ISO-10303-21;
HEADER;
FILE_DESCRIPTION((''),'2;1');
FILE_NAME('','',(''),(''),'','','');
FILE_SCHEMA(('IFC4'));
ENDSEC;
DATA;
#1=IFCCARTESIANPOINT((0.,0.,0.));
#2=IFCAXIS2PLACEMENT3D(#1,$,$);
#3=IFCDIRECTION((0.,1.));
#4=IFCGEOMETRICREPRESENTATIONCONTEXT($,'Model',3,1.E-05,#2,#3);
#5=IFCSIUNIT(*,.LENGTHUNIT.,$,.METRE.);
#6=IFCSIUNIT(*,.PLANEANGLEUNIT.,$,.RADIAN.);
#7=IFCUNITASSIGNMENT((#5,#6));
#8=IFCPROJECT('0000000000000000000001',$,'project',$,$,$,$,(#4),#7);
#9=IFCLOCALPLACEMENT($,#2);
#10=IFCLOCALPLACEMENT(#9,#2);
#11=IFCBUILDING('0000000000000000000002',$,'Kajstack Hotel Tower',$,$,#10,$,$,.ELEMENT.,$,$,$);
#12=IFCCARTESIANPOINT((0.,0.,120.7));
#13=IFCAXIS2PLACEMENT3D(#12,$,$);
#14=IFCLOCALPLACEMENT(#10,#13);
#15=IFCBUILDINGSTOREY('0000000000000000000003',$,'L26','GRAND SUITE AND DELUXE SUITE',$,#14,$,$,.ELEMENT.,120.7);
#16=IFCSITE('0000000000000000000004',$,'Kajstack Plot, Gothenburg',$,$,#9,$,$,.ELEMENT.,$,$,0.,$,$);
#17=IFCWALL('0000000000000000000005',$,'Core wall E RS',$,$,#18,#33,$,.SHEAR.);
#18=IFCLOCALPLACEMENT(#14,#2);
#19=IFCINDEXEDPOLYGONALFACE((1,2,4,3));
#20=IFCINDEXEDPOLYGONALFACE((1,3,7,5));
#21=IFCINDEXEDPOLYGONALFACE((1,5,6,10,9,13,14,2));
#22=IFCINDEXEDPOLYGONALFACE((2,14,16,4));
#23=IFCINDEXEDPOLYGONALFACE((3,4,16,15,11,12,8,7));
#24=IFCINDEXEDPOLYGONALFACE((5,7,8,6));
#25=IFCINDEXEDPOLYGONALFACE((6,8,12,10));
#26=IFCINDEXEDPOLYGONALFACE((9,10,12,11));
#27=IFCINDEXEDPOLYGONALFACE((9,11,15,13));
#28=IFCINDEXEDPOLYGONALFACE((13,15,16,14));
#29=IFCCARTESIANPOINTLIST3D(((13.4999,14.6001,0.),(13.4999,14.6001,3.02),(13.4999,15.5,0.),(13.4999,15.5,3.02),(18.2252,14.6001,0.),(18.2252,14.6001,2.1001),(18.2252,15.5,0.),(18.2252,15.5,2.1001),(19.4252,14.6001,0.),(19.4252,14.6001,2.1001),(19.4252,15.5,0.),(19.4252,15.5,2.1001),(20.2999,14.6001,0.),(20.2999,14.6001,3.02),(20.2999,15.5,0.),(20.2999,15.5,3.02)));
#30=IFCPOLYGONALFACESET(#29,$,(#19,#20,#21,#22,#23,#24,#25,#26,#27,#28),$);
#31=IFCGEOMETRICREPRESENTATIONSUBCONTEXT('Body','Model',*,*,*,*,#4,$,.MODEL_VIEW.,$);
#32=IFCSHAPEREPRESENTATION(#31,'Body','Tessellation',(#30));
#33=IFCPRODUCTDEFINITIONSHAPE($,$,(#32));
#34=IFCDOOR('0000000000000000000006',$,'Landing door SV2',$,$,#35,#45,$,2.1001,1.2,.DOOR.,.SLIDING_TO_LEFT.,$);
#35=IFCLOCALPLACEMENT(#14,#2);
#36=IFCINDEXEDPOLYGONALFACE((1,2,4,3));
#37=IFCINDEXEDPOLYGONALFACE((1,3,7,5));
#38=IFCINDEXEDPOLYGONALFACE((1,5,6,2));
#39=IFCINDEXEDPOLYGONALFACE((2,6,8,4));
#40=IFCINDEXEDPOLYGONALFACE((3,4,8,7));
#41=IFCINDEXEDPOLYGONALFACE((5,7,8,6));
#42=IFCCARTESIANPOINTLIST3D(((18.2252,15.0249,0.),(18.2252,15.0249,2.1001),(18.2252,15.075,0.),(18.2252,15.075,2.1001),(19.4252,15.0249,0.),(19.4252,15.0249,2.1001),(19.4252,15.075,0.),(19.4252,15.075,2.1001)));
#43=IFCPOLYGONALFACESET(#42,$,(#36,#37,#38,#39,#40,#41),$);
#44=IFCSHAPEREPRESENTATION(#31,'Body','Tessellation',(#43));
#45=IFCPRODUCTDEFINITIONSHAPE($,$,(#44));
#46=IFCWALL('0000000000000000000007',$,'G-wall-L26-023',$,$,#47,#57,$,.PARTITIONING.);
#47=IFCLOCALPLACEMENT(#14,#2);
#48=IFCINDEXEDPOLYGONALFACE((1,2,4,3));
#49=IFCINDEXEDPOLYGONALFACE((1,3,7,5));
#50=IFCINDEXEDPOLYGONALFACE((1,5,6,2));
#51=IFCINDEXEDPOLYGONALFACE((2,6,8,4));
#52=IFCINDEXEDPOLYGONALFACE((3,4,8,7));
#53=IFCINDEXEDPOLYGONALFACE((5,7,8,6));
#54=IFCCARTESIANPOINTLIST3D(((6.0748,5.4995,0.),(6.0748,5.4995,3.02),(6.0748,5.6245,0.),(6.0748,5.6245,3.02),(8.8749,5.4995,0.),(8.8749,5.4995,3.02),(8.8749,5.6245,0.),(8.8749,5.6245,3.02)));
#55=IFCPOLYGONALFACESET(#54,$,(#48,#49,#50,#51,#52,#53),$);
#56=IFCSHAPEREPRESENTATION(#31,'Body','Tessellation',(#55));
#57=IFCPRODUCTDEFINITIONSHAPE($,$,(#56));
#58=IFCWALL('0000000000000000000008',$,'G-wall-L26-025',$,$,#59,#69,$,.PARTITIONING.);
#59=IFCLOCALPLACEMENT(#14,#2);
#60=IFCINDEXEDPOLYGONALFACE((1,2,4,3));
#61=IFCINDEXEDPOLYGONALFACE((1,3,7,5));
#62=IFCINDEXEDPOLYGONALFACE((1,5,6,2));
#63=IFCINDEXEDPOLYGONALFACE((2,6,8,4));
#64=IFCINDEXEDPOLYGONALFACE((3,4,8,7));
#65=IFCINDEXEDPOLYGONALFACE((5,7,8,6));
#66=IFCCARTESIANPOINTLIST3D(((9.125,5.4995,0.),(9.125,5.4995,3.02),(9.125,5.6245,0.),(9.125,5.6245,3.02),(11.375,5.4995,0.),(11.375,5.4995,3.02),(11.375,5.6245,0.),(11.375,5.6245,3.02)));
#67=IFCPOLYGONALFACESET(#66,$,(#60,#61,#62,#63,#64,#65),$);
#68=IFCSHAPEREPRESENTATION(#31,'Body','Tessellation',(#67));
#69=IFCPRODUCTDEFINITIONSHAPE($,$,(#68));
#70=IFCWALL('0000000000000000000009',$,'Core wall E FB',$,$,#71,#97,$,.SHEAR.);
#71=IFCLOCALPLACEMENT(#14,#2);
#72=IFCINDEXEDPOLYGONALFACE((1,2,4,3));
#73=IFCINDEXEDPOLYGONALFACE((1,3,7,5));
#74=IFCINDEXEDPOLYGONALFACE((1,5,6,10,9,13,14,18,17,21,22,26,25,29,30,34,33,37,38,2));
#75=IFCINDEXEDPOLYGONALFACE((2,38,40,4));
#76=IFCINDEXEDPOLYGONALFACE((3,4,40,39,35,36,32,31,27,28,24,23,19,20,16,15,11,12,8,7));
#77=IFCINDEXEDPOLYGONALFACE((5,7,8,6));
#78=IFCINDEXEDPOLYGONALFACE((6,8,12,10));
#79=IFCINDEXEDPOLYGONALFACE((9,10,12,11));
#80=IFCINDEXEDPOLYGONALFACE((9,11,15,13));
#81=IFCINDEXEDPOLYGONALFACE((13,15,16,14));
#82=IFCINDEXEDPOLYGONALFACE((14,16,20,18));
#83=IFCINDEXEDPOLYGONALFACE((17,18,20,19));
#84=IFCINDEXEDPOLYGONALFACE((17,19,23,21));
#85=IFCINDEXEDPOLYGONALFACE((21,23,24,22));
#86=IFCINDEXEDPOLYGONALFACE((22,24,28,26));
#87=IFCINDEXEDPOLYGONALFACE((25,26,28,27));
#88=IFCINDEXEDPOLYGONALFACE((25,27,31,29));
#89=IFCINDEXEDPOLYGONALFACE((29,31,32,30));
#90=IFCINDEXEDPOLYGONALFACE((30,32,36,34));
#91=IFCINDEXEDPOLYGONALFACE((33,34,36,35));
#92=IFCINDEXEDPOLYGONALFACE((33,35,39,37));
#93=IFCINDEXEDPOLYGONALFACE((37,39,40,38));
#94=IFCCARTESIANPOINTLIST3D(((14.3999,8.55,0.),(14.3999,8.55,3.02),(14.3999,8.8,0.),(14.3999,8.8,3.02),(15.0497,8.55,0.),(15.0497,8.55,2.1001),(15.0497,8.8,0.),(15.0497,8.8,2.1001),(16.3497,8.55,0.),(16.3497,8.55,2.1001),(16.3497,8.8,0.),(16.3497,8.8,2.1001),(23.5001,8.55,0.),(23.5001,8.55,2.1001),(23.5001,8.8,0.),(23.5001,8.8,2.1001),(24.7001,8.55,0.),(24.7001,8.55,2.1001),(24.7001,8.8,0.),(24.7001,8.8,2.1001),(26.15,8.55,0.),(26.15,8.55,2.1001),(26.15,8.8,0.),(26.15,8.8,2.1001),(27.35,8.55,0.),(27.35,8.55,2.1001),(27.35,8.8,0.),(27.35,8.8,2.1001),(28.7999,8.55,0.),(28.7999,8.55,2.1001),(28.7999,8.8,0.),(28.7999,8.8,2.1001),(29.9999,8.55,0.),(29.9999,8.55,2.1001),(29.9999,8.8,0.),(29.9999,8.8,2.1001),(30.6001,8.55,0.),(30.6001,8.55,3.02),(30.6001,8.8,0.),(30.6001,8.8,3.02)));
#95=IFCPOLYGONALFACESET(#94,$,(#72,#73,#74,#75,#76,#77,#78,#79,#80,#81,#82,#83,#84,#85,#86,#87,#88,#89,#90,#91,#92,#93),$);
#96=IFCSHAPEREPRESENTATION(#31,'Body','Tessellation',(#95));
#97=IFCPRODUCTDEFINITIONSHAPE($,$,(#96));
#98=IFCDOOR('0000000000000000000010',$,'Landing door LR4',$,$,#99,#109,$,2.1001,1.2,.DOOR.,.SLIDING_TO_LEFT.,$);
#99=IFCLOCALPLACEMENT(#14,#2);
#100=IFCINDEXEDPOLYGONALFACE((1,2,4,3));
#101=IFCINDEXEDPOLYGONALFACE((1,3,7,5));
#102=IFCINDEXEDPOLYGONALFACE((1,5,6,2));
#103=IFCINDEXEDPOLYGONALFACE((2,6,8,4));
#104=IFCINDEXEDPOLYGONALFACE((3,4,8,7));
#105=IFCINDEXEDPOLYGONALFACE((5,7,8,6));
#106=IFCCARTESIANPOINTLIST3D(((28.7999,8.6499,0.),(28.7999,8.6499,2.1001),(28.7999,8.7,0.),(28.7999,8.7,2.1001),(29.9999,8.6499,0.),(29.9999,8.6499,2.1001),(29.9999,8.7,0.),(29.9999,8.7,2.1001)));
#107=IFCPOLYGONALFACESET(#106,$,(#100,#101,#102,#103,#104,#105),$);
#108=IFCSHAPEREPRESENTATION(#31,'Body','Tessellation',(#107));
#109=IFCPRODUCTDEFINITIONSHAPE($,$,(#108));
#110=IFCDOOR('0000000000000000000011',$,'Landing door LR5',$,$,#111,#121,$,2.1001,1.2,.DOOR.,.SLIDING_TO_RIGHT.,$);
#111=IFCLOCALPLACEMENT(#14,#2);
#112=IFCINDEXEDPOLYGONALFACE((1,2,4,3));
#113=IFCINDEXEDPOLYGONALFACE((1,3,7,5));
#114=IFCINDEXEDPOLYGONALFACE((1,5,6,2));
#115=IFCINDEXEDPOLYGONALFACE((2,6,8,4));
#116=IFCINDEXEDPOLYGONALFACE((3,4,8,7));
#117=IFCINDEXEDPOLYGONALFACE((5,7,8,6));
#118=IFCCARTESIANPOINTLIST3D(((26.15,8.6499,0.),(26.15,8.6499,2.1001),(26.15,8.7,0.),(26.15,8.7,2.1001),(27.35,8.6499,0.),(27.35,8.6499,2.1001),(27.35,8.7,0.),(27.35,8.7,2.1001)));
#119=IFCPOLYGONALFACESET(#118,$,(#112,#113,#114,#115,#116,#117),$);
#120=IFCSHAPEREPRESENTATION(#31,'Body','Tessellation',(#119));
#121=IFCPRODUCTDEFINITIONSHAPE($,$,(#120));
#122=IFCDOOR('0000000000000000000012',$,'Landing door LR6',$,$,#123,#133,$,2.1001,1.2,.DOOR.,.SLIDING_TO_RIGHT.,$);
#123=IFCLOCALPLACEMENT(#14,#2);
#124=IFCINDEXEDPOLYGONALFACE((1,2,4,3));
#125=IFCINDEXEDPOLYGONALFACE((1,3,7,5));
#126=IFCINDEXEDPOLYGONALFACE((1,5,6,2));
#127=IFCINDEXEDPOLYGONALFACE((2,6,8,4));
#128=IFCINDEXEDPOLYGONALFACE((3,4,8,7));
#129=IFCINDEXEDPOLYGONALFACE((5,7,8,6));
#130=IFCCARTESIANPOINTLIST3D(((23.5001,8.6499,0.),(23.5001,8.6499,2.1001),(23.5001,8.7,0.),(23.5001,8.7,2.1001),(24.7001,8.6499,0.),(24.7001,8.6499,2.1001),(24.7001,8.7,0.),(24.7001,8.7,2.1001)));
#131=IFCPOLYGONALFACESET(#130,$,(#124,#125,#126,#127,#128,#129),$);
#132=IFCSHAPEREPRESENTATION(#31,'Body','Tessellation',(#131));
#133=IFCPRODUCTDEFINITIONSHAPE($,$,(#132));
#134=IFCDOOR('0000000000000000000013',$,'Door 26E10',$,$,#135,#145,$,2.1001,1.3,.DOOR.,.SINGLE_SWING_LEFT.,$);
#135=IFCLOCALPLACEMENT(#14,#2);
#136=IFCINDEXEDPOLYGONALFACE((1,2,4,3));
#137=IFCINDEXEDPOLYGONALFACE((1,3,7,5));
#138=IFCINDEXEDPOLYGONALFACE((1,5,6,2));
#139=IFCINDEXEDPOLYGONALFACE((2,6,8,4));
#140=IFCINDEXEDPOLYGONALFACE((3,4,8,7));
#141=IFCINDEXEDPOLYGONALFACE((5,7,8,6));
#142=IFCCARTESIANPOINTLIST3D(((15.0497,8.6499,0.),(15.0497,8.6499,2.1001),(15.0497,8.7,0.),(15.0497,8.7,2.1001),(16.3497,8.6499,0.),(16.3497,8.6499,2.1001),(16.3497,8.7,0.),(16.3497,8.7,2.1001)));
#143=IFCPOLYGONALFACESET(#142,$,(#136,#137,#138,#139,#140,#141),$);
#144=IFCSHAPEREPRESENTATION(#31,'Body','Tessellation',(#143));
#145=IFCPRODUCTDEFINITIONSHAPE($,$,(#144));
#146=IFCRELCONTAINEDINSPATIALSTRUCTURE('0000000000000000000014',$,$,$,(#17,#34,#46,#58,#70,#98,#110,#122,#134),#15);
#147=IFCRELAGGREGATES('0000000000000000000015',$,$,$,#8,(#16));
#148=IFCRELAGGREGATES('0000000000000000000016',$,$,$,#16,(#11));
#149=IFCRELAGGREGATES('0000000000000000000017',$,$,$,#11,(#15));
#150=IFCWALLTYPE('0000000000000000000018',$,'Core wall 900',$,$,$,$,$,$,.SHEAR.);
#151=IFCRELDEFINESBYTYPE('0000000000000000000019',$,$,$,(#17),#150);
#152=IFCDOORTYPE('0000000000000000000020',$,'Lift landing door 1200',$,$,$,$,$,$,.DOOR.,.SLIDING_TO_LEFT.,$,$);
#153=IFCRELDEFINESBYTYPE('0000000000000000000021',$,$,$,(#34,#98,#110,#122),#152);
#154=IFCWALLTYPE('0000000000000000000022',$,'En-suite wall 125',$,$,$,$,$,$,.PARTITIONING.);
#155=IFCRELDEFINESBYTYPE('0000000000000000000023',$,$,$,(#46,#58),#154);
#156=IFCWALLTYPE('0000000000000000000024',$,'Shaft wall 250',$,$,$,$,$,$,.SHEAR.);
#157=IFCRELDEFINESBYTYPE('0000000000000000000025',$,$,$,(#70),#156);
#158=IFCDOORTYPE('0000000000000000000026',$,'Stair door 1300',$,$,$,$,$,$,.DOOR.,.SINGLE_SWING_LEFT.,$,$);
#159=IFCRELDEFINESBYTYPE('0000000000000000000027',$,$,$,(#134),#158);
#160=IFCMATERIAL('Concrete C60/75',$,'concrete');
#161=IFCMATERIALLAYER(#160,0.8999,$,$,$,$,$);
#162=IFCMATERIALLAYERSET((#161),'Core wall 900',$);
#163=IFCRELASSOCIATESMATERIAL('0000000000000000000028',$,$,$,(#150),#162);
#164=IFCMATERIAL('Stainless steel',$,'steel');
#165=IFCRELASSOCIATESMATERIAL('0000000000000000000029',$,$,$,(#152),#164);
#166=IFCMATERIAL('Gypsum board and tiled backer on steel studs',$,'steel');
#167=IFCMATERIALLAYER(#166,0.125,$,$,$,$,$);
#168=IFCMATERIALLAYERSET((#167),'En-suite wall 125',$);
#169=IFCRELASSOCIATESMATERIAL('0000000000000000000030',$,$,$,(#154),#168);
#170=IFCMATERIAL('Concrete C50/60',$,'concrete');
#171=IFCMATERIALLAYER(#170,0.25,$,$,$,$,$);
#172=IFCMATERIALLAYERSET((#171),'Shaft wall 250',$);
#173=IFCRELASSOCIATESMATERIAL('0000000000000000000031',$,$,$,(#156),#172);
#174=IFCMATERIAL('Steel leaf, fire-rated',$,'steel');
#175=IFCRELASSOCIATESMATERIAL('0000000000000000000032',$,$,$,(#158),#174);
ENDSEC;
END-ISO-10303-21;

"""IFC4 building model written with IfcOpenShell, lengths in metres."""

from ifc_helpers import new_model, si_unit, direction, frame, frame_2d, origin, place, context, subcontext, project, spatial, rectangle, extrude, material, layer, layer_set, type_object, element, fill, save


model = new_model("IFC4")

# Units and contexts
model_context = context("Model", 3, precision=1e-05, world=origin(), true_north=direction((0.0, 1.0)))
body_context = subcontext(model_context, "Body", "Model", "MODEL_VIEW")
ifc_project = project(units=[si_unit("LENGTHUNIT", "METRE"), si_unit("PLANEANGLEUNIT", "RADIAN")], contexts=[model_context])

# Site, building, storey
site_placement = place(None, origin())
site = spatial("IfcSite", under=ifc_project, at=site_placement, Name="Kajstack Plot, Gothenburg", CompositionType="ELEMENT", RefElevation=0.0)
building_placement = place(site_placement, origin())
building = spatial("IfcBuilding", under=site, at=building_placement, Name="Kajstack Hotel Tower", CompositionType="ELEMENT")
storey_placement = place(building_placement, frame((0.0, 0.0, 120.7)))
storey = spatial("IfcBuildingStorey", under=building, at=storey_placement, Name="L26", Description="GRAND SUITE AND DELUXE SUITE", CompositionType="ELEMENT", Elevation=120.7)

# Wall, opening, door
ifc_material_1 = material(Name="Concrete C60/75", Category="concrete")
ifc_layer_1 = layer(ifc_material_1, 0.8999)
ifc_layer_set_1 = layer_set([ifc_layer_1], Name="Core wall 900")
wall_type_1 = type_object("IfcWallType", Name="Core wall 900", PredefinedType="SHEAR", material=ifc_layer_set_1)
wall_1_placement = place(storey_placement, frame((13.5, 15.05, 0.0), z_axis=(0.0, 0.0, 1.0), x_axis=(1.0, 0.0, 0.0)))
wall_1 = element("IfcWall", 1, at=wall_1_placement, inside=storey, type_object=wall_type_1, Name="Core wall E RS", PredefinedType="SHEAR", context=body_context, shape_type="SweptSolid", body=[
    extrude(rectangle(XDim=6.8, YDim=0.8999, at=frame_2d((3.3999, 0.0))), origin(), (0.0, 0.0, 1.0), 3.02),
])
opening_1_placement = place(wall_1_placement, frame((4.7251, 0.0, 0.0)))
opening_1 = element("IfcOpeningElement", 2, at=opening_1_placement, cuts=wall_1, PredefinedType="OPENING", context=body_context, shape_type="SweptSolid", body=[
    extrude(rectangle(XDim=1.2, YDim=2.1001, at=frame_2d((0.6001, 1.05))), frame((0.0, 0.46, 0.0), z_axis=(0.0, -1.0, 0.0), x_axis=(1.0, 0.0, 0.0)), (0.0, 0.0, 1.0), 0.9199),
])
ifc_material_2 = material(Name="Stainless steel", Category="steel")
door_type_1 = type_object("IfcDoorType", Name="Lift landing door 1200", OperationType="SLIDING_TO_LEFT", PredefinedType="DOOR", material=ifc_material_2)
door_1_placement = place(opening_1_placement, origin())
door_1 = element("IfcDoor", 3, at=door_1_placement, inside=storey, type_object=door_type_1, Name="Landing door SV2", OperationType="SLIDING_TO_LEFT", OverallHeight=2.1001, OverallWidth=1.2, PredefinedType="DOOR", context=body_context, shape_type="SweptSolid", body=[
    extrude(rectangle(XDim=1.2, YDim=2.1001, at=frame_2d((0.6001, 1.05))), frame((0.0, 0.0249, 0.0), z_axis=(0.0, -1.0, 0.0), x_axis=(1.0, 0.0, 0.0)), (0.0, 0.0, 1.0), 0.05),
])
fill(opening_1, door_1)

# Walls
ifc_material_3 = material(Name="Gypsum board and tiled backer on steel studs", Category="steel")
ifc_layer_2 = layer(ifc_material_3, 0.125)
ifc_layer_set_2 = layer_set([ifc_layer_2], Name="En-suite wall 125")
wall_type_2 = type_object("IfcWallType", Name="En-suite wall 125", PredefinedType="PARTITIONING", material=ifc_layer_set_2)
wall_2_placement = place(storey_placement, frame((6.075, 5.562, 0.0), z_axis=(0.0, 0.0, 1.0), x_axis=(1.0, 0.0, 0.0)))
element("IfcWall", 4, at=wall_2_placement, inside=storey, type_object=wall_type_2, Name="G-wall-L26-023", PredefinedType="PARTITIONING", context=body_context, shape_type="SweptSolid", body=[
    extrude(rectangle(XDim=2.8, YDim=0.125, at=frame_2d((1.3999, 0.0))), origin(), (0.0, 0.0, 1.0), 3.02),
])
wall_3_placement = place(storey_placement, frame((9.125, 5.562, 0.0), z_axis=(0.0, 0.0, 1.0), x_axis=(1.0, 0.0, 0.0)))
element("IfcWall", 5, at=wall_3_placement, inside=storey, type_object=wall_type_2, Name="G-wall-L26-025", PredefinedType="PARTITIONING", context=body_context, shape_type="SweptSolid", body=[
    extrude(rectangle(XDim=2.25, YDim=0.125, at=frame_2d((1.125, 0.0))), origin(), (0.0, 0.0, 1.0), 3.02),
])

# Wall, openings, doors
ifc_material_4 = material(Name="Concrete C50/60", Category="concrete")
ifc_layer_3 = layer(ifc_material_4, 0.25)
ifc_layer_set_3 = layer_set([ifc_layer_3], Name="Shaft wall 250")
wall_type_3 = type_object("IfcWallType", Name="Shaft wall 250", PredefinedType="SHEAR", material=ifc_layer_set_3)
wall_4_placement = place(storey_placement, frame((14.3999, 8.675, 0.0), z_axis=(0.0, 0.0, 1.0), x_axis=(1.0, 0.0, 0.0)))
wall_4 = element("IfcWall", 6, at=wall_4_placement, inside=storey, type_object=wall_type_3, Name="Core wall E FB", PredefinedType="SHEAR", context=body_context, shape_type="SweptSolid", body=[
    extrude(rectangle(XDim=16.2002, YDim=0.25, at=frame_2d((8.1001, 0.0))), origin(), (0.0, 0.0, 1.0), 3.02),
])
opening_2_placement = place(wall_4_placement, frame((14.3999, 0.0, 0.0)))
opening_2 = element("IfcOpeningElement", 7, at=opening_2_placement, cuts=wall_4, PredefinedType="OPENING", context=body_context, shape_type="SweptSolid", body=[
    extrude(rectangle(XDim=1.2, YDim=2.1001, at=frame_2d((0.6001, 1.05))), frame((0.0, 0.135, 0.0), z_axis=(0.0, -1.0, 0.0), x_axis=(1.0, 0.0, 0.0)), (0.0, 0.0, 1.0), 0.27),
])
opening_3_placement = place(wall_4_placement, frame((11.75, 0.0, 0.0)))
opening_3 = element("IfcOpeningElement", 8, at=opening_3_placement, cuts=wall_4, PredefinedType="OPENING", context=body_context, shape_type="SweptSolid", body=[
    extrude(rectangle(XDim=1.2, YDim=2.1001, at=frame_2d((0.6001, 1.05))), frame((0.0, 0.135, 0.0), z_axis=(0.0, -1.0, 0.0), x_axis=(1.0, 0.0, 0.0)), (0.0, 0.0, 1.0), 0.27),
])
opening_4_placement = place(wall_4_placement, frame((9.1001, 0.0, 0.0)))
opening_4 = element("IfcOpeningElement", 9, at=opening_4_placement, cuts=wall_4, PredefinedType="OPENING", context=body_context, shape_type="SweptSolid", body=[
    extrude(rectangle(XDim=1.2, YDim=2.1001, at=frame_2d((0.6001, 1.05))), frame((0.0, 0.135, 0.0), z_axis=(0.0, -1.0, 0.0), x_axis=(1.0, 0.0, 0.0)), (0.0, 0.0, 1.0), 0.27),
])
opening_5_placement = place(wall_4_placement, frame((0.6499, 0.0, 0.0)))
opening_5 = element("IfcOpeningElement", 10, at=opening_5_placement, cuts=wall_4, PredefinedType="OPENING", context=body_context, shape_type="SweptSolid", body=[
    extrude(rectangle(XDim=1.3, YDim=2.1001, at=frame_2d((0.6499, 1.05))), frame((0.0, 0.135, 0.0), z_axis=(0.0, -1.0, 0.0), x_axis=(1.0, 0.0, 0.0)), (0.0, 0.0, 1.0), 0.27),
])
door_2_placement = place(opening_2_placement, origin())
door_2 = element("IfcDoor", 11, at=door_2_placement, inside=storey, type_object=door_type_1, Name="Landing door LR4", OperationType="SLIDING_TO_LEFT", OverallHeight=2.1001, OverallWidth=1.2, PredefinedType="DOOR", context=body_context, shape_type="SweptSolid", body=[
    extrude(rectangle(XDim=1.2, YDim=2.1001, at=frame_2d((0.6001, 1.05))), frame((0.0, 0.0249, 0.0), z_axis=(0.0, -1.0, 0.0), x_axis=(1.0, 0.0, 0.0)), (0.0, 0.0, 1.0), 0.05),
])
fill(opening_2, door_2)
door_3_placement = place(opening_3_placement, origin())
door_3 = element("IfcDoor", 12, at=door_3_placement, inside=storey, type_object=door_type_1, Name="Landing door LR5", OperationType="SLIDING_TO_RIGHT", OverallHeight=2.1001, OverallWidth=1.2, PredefinedType="DOOR", context=body_context, shape_type="SweptSolid", body=[
    extrude(rectangle(XDim=1.2, YDim=2.1001, at=frame_2d((0.6001, 1.05))), frame((0.0, 0.0249, 0.0), z_axis=(0.0, -1.0, 0.0), x_axis=(1.0, 0.0, 0.0)), (0.0, 0.0, 1.0), 0.05),
])
fill(opening_3, door_3)
door_4_placement = place(opening_4_placement, origin())
door_4 = element("IfcDoor", 13, at=door_4_placement, inside=storey, type_object=door_type_1, Name="Landing door LR6", OperationType="SLIDING_TO_RIGHT", OverallHeight=2.1001, OverallWidth=1.2, PredefinedType="DOOR", context=body_context, shape_type="SweptSolid", body=[
    extrude(rectangle(XDim=1.2, YDim=2.1001, at=frame_2d((0.6001, 1.05))), frame((0.0, 0.0249, 0.0), z_axis=(0.0, -1.0, 0.0), x_axis=(1.0, 0.0, 0.0)), (0.0, 0.0, 1.0), 0.05),
])
fill(opening_4, door_4)
ifc_material_5 = material(Name="Steel leaf, fire-rated", Category="steel")
door_type_2 = type_object("IfcDoorType", Name="Stair door 1300", OperationType="SINGLE_SWING_LEFT", PredefinedType="DOOR", material=ifc_material_5)
door_5_placement = place(opening_5_placement, origin())
door_5 = element("IfcDoor", 14, at=door_5_placement, inside=storey, type_object=door_type_2, Name="Door 26E10", OperationType="SINGLE_SWING_LEFT", OverallHeight=2.1001, OverallWidth=1.3, PredefinedType="DOOR", context=body_context, shape_type="SweptSolid", body=[
    extrude(rectangle(XDim=1.3, YDim=2.1001, at=frame_2d((0.6499, 1.05))), frame((0.0, 0.0249, 0.0), z_axis=(0.0, -1.0, 0.0), x_axis=(1.0, 0.0, 0.0)), (0.0, 0.0, 1.0), 0.05),
])
fill(opening_5, door_5)

save(model, "model.ifc")
